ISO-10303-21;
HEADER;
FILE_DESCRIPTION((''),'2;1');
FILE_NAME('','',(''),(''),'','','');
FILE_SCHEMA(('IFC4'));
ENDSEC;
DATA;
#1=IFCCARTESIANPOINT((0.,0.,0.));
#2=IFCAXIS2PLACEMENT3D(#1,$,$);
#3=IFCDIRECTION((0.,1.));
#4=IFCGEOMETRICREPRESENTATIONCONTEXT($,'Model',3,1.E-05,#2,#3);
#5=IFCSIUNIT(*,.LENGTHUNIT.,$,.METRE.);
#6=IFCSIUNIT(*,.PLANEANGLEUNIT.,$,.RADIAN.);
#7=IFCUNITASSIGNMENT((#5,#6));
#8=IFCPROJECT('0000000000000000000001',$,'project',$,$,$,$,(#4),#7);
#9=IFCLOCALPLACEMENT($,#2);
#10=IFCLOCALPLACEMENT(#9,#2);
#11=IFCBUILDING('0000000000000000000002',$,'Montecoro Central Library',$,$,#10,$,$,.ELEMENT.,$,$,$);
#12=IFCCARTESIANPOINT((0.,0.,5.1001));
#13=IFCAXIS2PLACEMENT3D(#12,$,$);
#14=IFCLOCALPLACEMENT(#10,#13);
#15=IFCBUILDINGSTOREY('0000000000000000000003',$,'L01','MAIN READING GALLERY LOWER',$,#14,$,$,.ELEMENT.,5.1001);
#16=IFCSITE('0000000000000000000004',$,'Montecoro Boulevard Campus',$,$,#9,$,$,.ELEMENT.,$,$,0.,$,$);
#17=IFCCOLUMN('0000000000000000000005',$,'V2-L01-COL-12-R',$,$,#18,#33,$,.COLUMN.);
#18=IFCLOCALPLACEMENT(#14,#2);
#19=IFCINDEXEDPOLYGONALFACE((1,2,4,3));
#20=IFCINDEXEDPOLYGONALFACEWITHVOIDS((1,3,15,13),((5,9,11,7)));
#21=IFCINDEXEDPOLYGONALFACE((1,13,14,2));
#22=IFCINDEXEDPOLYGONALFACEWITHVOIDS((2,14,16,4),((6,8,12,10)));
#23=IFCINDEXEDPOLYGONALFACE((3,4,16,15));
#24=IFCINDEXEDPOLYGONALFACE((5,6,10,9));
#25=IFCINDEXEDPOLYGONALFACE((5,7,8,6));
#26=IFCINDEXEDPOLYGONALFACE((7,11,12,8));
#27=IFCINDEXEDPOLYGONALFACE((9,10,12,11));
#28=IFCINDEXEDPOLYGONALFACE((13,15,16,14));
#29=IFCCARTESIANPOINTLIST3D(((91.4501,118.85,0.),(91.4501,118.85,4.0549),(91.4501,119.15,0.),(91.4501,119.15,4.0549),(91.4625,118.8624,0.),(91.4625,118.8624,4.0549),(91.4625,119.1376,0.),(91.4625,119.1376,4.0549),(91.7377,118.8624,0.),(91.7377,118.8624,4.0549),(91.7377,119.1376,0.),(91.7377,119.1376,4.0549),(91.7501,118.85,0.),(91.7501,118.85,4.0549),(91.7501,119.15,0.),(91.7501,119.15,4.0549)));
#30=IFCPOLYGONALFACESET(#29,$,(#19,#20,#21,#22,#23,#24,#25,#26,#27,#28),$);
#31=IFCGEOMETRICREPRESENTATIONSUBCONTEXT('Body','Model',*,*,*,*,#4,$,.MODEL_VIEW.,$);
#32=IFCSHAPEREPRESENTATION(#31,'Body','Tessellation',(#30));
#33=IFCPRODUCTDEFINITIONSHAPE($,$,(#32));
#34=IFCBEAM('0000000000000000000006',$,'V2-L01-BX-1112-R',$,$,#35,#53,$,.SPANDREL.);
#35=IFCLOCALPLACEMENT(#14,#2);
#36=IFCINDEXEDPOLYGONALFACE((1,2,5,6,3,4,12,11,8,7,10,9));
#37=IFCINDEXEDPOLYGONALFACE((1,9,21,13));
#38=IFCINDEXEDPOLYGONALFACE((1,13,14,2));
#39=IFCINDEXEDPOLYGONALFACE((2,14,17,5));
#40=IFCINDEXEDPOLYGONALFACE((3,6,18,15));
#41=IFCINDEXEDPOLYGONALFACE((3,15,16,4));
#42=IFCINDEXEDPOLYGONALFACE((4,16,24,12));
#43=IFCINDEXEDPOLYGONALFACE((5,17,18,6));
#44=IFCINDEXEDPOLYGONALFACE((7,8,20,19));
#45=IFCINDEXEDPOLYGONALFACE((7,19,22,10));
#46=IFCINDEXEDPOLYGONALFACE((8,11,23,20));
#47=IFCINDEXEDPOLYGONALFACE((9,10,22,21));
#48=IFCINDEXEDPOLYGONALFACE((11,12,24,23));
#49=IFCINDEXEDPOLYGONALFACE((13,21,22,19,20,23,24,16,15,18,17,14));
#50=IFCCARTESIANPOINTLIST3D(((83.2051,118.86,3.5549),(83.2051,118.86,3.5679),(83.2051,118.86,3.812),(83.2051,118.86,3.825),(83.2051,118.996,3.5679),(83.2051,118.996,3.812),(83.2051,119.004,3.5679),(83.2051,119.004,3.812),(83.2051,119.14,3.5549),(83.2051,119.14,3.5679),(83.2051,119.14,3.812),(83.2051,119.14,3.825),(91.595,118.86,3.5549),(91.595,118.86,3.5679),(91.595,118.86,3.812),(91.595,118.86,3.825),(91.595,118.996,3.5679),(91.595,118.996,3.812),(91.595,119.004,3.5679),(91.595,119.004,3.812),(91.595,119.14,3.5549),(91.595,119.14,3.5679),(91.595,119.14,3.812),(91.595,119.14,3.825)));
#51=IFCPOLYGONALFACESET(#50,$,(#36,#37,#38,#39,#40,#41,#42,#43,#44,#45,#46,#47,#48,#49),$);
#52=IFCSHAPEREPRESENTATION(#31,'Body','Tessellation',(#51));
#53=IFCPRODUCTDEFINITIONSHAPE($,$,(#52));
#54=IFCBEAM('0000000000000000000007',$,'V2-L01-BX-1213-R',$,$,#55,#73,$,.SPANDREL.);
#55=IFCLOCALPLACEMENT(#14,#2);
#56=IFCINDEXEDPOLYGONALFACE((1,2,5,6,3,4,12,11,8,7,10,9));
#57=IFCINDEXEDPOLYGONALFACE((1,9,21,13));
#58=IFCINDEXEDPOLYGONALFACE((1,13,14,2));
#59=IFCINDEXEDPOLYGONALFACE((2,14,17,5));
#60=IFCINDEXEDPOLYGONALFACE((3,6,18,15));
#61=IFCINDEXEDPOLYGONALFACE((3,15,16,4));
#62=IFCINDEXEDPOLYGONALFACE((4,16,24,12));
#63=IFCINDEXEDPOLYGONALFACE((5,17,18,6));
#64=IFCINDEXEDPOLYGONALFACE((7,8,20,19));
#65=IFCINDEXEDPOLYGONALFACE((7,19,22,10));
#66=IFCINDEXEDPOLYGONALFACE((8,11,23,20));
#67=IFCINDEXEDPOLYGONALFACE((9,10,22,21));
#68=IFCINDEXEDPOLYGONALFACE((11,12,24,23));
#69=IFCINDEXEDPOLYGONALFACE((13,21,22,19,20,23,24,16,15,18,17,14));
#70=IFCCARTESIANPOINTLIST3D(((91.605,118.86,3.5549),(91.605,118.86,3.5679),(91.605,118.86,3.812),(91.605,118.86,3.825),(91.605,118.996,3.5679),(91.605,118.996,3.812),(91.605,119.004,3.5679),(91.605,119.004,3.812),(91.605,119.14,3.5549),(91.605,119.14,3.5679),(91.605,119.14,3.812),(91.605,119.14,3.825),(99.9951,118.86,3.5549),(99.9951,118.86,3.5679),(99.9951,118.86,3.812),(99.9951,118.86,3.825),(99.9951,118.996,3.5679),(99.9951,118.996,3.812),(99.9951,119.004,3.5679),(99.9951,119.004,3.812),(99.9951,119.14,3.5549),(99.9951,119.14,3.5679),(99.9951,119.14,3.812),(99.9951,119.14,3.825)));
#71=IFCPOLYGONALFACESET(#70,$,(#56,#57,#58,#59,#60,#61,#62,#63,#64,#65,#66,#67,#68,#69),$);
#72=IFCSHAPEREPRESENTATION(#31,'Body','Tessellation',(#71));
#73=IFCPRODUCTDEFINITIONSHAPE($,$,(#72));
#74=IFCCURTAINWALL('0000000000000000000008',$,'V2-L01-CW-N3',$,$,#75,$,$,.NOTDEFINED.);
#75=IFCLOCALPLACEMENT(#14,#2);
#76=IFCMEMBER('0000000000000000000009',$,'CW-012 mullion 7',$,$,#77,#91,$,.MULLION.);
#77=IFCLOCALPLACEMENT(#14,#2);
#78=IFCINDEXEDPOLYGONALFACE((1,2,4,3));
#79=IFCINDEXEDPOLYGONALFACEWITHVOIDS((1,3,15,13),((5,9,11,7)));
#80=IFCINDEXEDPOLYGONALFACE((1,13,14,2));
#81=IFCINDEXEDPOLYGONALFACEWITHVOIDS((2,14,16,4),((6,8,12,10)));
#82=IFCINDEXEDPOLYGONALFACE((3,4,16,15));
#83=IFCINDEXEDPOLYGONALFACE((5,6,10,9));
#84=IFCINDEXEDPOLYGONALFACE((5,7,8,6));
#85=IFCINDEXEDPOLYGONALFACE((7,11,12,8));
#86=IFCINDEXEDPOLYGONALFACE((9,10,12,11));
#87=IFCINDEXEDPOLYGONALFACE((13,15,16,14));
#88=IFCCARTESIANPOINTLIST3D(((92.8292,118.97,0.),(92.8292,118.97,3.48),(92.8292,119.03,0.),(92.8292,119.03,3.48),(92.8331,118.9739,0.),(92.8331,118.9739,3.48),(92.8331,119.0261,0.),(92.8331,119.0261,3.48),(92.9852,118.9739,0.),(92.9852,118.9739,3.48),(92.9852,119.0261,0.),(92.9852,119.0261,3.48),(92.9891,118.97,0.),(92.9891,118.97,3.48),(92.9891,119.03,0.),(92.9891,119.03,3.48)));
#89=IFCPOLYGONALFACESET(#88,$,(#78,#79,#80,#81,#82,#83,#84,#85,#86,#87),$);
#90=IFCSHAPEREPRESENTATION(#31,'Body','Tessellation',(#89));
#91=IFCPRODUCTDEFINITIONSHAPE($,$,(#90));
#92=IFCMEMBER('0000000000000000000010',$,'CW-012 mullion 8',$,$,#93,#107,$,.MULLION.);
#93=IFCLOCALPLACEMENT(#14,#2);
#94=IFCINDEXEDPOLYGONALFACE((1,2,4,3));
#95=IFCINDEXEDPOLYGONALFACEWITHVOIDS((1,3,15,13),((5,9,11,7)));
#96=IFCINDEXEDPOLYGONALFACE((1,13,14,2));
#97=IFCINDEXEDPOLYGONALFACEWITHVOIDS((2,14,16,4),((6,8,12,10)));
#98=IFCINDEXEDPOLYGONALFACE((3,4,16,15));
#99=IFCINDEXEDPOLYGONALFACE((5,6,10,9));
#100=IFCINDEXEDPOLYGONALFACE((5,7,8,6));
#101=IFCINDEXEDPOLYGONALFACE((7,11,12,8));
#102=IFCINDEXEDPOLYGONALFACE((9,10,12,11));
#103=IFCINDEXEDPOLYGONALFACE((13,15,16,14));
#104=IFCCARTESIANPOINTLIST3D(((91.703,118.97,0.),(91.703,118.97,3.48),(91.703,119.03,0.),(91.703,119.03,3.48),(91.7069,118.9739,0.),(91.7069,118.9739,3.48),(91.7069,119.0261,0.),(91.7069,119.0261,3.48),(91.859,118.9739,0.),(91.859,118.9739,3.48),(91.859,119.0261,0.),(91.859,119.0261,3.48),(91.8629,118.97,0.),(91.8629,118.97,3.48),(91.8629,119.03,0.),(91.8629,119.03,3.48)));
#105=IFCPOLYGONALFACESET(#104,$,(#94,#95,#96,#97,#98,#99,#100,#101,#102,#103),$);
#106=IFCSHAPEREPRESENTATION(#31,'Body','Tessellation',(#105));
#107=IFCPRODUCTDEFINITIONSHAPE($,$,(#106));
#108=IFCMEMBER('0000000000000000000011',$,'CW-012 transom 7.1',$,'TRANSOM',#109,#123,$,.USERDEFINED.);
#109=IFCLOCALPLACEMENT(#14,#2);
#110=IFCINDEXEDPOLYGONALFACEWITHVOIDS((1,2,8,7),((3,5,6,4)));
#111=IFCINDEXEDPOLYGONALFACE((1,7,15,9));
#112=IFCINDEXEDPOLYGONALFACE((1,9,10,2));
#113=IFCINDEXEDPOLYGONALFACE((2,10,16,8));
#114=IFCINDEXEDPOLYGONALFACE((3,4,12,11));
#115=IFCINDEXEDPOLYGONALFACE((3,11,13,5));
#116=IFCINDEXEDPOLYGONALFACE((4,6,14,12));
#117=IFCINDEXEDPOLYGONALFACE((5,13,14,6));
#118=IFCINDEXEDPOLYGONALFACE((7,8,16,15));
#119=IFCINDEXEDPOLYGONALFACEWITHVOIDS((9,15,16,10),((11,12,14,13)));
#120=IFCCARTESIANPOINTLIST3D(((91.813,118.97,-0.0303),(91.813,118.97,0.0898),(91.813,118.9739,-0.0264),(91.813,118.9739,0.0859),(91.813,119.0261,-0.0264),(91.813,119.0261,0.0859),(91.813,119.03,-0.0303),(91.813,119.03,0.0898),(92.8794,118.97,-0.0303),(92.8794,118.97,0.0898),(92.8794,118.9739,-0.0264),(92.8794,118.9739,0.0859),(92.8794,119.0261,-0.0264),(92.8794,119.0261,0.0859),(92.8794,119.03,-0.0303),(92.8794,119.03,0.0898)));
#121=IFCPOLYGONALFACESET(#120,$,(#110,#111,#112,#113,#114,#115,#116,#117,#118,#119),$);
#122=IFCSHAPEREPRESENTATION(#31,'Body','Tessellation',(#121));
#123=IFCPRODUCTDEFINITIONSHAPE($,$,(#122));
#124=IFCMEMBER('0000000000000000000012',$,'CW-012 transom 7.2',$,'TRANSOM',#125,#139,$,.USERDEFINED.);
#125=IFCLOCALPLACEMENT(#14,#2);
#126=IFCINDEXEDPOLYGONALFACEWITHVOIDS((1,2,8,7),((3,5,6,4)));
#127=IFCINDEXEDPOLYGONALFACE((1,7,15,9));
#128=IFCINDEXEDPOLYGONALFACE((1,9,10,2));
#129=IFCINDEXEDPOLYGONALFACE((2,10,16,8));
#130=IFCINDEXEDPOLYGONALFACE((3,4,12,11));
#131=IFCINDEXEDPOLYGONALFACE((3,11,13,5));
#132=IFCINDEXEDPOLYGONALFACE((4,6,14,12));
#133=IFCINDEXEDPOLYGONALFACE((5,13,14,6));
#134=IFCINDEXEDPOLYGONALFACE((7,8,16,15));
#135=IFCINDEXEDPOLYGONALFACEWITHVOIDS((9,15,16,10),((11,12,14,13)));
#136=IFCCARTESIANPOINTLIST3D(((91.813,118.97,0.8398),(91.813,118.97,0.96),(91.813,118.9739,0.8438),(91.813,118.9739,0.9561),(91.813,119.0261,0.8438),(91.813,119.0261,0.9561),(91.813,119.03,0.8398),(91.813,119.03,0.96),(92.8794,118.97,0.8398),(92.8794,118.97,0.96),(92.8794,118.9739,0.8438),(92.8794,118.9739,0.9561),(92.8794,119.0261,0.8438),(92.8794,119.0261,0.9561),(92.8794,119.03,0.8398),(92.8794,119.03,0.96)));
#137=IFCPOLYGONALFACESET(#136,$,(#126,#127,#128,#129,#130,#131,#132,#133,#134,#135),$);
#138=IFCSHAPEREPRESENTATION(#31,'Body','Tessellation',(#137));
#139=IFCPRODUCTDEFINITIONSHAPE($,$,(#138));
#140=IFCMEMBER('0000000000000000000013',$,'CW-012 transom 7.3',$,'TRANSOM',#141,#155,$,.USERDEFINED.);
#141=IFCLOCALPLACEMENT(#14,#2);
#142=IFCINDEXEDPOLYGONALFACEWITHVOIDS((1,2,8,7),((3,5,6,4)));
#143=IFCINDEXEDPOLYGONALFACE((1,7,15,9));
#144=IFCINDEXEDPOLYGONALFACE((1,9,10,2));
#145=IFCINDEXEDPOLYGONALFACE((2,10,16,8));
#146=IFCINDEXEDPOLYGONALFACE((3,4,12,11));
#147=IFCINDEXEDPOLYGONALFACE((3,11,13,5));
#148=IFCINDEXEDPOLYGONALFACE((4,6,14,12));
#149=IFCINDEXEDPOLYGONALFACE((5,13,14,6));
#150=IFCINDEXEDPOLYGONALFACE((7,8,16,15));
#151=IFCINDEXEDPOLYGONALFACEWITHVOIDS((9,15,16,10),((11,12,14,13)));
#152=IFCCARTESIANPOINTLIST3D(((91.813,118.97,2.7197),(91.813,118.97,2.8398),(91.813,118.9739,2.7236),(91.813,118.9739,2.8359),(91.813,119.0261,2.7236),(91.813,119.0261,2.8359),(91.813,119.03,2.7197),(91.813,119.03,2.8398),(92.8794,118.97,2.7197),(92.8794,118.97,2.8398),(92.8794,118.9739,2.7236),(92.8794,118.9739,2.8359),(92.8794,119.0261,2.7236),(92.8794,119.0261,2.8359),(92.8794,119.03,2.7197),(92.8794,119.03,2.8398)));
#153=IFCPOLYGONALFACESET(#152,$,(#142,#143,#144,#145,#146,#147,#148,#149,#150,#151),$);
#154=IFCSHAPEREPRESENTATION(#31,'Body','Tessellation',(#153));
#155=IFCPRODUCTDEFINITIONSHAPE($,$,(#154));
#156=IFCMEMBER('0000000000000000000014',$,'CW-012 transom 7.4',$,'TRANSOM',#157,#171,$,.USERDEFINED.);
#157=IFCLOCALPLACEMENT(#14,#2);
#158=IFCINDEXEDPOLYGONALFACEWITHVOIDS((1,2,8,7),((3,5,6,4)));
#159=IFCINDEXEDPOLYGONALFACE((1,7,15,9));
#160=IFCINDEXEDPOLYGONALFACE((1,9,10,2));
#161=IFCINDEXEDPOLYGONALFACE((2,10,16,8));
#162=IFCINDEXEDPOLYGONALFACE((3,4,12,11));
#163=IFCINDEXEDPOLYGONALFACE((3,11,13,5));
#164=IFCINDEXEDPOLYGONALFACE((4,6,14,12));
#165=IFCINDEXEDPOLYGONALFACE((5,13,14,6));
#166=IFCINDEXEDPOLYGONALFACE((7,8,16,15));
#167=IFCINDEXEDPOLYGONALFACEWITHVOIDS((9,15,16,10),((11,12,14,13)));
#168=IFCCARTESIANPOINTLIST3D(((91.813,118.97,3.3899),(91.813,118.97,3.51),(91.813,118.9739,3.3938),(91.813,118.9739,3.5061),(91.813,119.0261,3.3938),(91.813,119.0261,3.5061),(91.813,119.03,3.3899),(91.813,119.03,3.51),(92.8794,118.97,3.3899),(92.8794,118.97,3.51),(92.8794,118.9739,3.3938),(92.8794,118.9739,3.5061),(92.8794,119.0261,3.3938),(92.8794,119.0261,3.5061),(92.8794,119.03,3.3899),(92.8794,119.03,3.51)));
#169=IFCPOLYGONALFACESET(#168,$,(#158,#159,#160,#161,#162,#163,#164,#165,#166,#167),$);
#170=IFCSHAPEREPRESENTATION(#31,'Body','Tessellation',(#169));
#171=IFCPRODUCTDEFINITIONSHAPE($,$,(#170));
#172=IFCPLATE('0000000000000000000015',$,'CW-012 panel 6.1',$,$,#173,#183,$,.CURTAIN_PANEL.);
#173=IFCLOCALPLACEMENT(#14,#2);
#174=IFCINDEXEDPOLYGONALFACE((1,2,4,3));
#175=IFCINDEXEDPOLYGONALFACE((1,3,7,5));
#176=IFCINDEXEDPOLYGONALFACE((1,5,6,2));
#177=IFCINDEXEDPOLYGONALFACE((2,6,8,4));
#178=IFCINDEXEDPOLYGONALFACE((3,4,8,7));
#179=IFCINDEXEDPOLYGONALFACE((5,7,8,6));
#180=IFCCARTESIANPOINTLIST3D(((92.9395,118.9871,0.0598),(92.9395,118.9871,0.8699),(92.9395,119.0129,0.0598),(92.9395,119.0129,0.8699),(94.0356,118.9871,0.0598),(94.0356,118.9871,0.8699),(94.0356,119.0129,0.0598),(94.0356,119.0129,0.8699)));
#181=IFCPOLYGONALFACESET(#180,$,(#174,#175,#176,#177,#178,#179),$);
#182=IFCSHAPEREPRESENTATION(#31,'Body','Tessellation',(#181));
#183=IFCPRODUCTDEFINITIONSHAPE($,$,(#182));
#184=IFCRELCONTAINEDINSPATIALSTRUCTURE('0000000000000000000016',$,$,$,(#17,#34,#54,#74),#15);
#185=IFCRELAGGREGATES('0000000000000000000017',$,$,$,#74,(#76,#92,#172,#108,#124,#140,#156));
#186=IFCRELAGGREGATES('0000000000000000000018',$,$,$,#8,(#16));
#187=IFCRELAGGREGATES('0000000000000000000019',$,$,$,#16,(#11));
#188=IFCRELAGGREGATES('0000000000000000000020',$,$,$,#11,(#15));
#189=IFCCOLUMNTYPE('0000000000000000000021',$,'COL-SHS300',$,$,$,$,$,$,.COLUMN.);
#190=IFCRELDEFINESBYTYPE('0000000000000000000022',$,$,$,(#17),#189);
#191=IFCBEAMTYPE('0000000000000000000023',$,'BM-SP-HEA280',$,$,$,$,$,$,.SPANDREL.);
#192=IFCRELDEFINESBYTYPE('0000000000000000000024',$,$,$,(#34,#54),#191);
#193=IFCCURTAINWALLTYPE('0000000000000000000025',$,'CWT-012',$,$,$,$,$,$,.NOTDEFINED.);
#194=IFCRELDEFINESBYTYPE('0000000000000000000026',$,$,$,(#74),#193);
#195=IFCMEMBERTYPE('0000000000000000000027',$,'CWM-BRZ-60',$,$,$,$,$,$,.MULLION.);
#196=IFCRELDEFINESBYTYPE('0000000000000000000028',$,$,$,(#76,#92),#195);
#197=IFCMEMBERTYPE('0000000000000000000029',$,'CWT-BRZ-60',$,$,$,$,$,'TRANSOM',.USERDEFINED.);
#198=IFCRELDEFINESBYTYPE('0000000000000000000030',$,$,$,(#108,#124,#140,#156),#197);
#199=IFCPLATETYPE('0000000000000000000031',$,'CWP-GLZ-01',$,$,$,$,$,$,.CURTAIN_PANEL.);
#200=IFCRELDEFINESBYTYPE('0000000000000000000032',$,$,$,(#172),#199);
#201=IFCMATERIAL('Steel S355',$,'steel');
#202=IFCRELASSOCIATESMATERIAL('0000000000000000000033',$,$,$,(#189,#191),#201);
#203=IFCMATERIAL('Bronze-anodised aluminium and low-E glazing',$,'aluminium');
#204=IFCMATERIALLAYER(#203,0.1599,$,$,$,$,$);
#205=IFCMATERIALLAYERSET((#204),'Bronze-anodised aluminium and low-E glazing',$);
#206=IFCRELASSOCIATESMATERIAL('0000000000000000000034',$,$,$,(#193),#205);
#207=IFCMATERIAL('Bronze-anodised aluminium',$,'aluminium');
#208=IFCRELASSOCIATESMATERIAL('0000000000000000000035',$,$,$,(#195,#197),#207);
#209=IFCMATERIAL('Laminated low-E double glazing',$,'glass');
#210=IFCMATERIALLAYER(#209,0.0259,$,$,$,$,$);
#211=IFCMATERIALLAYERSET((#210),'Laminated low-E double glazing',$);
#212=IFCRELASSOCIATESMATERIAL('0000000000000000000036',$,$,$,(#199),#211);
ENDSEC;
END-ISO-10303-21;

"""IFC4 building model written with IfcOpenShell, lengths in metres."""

from ifc_helpers import new_model, si_unit, direction, frame, origin, origin_2d, place, context, subcontext, project, spatial, rectangle, hollow_rectangle, i_section, extrude, material, layer, layer_set, material_profile, profile_set, type_object, element, aggregate, save


model = new_model("IFC4")

# Units and contexts
model_context = context("Model", 3, precision=1e-05, world=origin(), true_north=direction((0.0, 1.0)))
body_context = subcontext(model_context, "Body", "Model", "MODEL_VIEW")
ifc_project = project(units=[si_unit("LENGTHUNIT", "METRE"), si_unit("PLANEANGLEUNIT", "RADIAN")], contexts=[model_context])

# Site, building, storey
site_placement = place(None, origin())
site = spatial("IfcSite", under=ifc_project, at=site_placement, Name="Montecoro Boulevard Campus", CompositionType="ELEMENT", RefElevation=0.0)
building_placement = place(site_placement, origin())
building = spatial("IfcBuilding", under=site, at=building_placement, Name="Montecoro Central Library", CompositionType="ELEMENT")
storey_placement = place(building_placement, frame((0.0, 0.0, 5.1001)))
storey = spatial("IfcBuildingStorey", under=building, at=storey_placement, Name="L01", Description="MAIN READING GALLERY LOWER", CompositionType="ELEMENT", Elevation=5.1001)

# Column
ifc_material_1 = material(Name="Steel S355", Category="steel")
ifc_material_profile_1 = material_profile(ifc_material_1, hollow_rectangle(XDim=0.3, YDim=0.3, WallThickness=0.0125, at=origin_2d()), Name="SHS 300x300x12.5")
ifc_profile_set_1 = profile_set([ifc_material_profile_1], Name="Steel S355")
column_type = type_object("IfcColumnType", Name="COL-SHS300", PredefinedType="COLUMN", material=ifc_profile_set_1)
column_placement = place(storey_placement, frame((91.6001, 119.0, 0.0), z_axis=(0.0, 0.0, 1.0), x_axis=(1.0, 0.0, 0.0)))
element("IfcColumn", 1, at=column_placement, inside=storey, type_object=column_type, Name="V2-L01-COL-12-R", PredefinedType="COLUMN", context=body_context, shape_type="SweptSolid", body=[
    extrude(hollow_rectangle(XDim=0.3, YDim=0.3, WallThickness=0.0125, at=origin_2d()), origin(), (0.0, 0.0, 1.0), 4.0549),
])

# Beams
ifc_material_profile_2 = material_profile(ifc_material_1, i_section(OverallWidth=0.28, OverallDepth=0.27, WebThickness=0.0081, FlangeThickness=0.0129, at=origin_2d()), Name="HEA 280")
ifc_profile_set_2 = profile_set([ifc_material_profile_2], Name="Steel S355")
beam_type = type_object("IfcBeamType", Name="BM-SP-HEA280", PredefinedType="SPANDREL", material=ifc_profile_set_2)
beam_1_placement = place(storey_placement, frame((83.2051, 119.0, 3.6899), z_axis=(1.0, 0.0, 0.0), x_axis=(0.0, 1.0, 0.0)))
element("IfcBeam", 2, at=beam_1_placement, inside=storey, type_object=beam_type, Name="V2-L01-BX-1112-R", PredefinedType="SPANDREL", context=body_context, shape_type="SweptSolid", body=[
    extrude(i_section(OverallWidth=0.28, OverallDepth=0.27, WebThickness=0.0081, FlangeThickness=0.0129, at=origin_2d()), origin(), (0.0, 0.0, 1.0), 8.3899),
])
beam_2_placement = place(storey_placement, frame((91.605, 119.0, 3.6899), z_axis=(1.0, 0.0, 0.0), x_axis=(0.0, 1.0, 0.0)))
element("IfcBeam", 3, at=beam_2_placement, inside=storey, type_object=beam_type, Name="V2-L01-BX-1213-R", PredefinedType="SPANDREL", context=body_context, shape_type="SweptSolid", body=[
    extrude(i_section(OverallWidth=0.28, OverallDepth=0.27, WebThickness=0.0081, FlangeThickness=0.0129, at=origin_2d()), origin(), (0.0, 0.0, 1.0), 8.3901),
])

# Curtain wall, members, plate
ifc_material_2 = material(Name="Bronze-anodised aluminium and low-E glazing", Category="aluminium")
ifc_layer_1 = layer(ifc_material_2, 0.1599)
ifc_layer_set_1 = layer_set([ifc_layer_1], Name="Bronze-anodised aluminium and low-E glazing")
curtain_wall_type = type_object("IfcCurtainWallType", Name="CWT-012", PredefinedType="NOTDEFINED", material=ifc_layer_set_1)
curtain_wall_placement = place(storey_placement, origin())
curtain_wall = element("IfcCurtainWall", 4, at=curtain_wall_placement, inside=storey, type_object=curtain_wall_type, Name="V2-L01-CW-N3", PredefinedType="NOTDEFINED")
ifc_material_3 = material(Name="Bronze-anodised aluminium", Category="aluminium")
ifc_material_profile_3 = material_profile(ifc_material_3, hollow_rectangle(XDim=0.0601, YDim=0.1599, WallThickness=0.0039, at=origin_2d()), Name="CWM 160x60x4.0")
ifc_profile_set_3 = profile_set([ifc_material_profile_3], Name="Bronze-anodised aluminium")
member_type_1 = type_object("IfcMemberType", Name="CWM-BRZ-60", PredefinedType="MULLION", material=ifc_profile_set_3)
member_1_placement = place(storey_placement, frame((92.9092, 119.0, 0.0), z_axis=(0.0, 0.0, 1.0), x_axis=(0.0, -1.0, 0.0)))
member_1 = element("IfcMember", 5, at=member_1_placement, type_object=member_type_1, Name="CW-012 mullion 7", PredefinedType="MULLION", context=body_context, shape_type="SweptSolid", body=[
    extrude(hollow_rectangle(XDim=0.0601, YDim=0.1599, WallThickness=0.0039, at=origin_2d()), origin(), (0.0, 0.0, 1.0), 3.48),
])
member_2_placement = place(storey_placement, frame((91.783, 119.0, 0.0), z_axis=(0.0, 0.0, 1.0), x_axis=(0.0, -1.0, 0.0)))
member_2 = element("IfcMember", 6, at=member_2_placement, type_object=member_type_1, Name="CW-012 mullion 8", PredefinedType="MULLION", context=body_context, shape_type="SweptSolid", body=[
    extrude(hollow_rectangle(XDim=0.0601, YDim=0.1599, WallThickness=0.0039, at=origin_2d()), origin(), (0.0, 0.0, 1.0), 3.48),
])
ifc_material_profile_4 = material_profile(ifc_material_3, hollow_rectangle(XDim=0.0601, YDim=0.1201, WallThickness=0.0039, at=origin_2d()), Name="CWT 120x60x4.0")
ifc_profile_set_4 = profile_set([ifc_material_profile_4], Name="Bronze-anodised aluminium")
member_type_2 = type_object("IfcMemberType", Name="CWT-BRZ-60", ElementType="TRANSOM", PredefinedType="USERDEFINED", material=ifc_profile_set_4)
member_3_placement = place(storey_placement, frame((92.8794, 119.0, 0.0298), z_axis=(-1.0, 0.0, 0.0), x_axis=(0.0, -1.0, 0.0)))
member_3 = element("IfcMember", 7, at=member_3_placement, type_object=member_type_2, Name="CW-012 transom 7.1", ObjectType="TRANSOM", PredefinedType="USERDEFINED", context=body_context, shape_type="SweptSolid", body=[
    extrude(hollow_rectangle(XDim=0.0601, YDim=0.1201, WallThickness=0.0039, at=origin_2d()), origin(), (0.0, 0.0, 1.0), 1.0664),
])
member_4_placement = place(storey_placement, frame((92.8794, 119.0, 0.8999), z_axis=(-1.0, 0.0, 0.0), x_axis=(0.0, -1.0, 0.0)))
member_4 = element("IfcMember", 8, at=member_4_placement, type_object=member_type_2, Name="CW-012 transom 7.2", ObjectType="TRANSOM", PredefinedType="USERDEFINED", context=body_context, shape_type="SweptSolid", body=[
    extrude(hollow_rectangle(XDim=0.0601, YDim=0.1201, WallThickness=0.0039, at=origin_2d()), origin(), (0.0, 0.0, 1.0), 1.0664),
])
member_5_placement = place(storey_placement, frame((92.8794, 119.0, 2.7798), z_axis=(-1.0, 0.0, 0.0), x_axis=(0.0, -1.0, 0.0)))
member_5 = element("IfcMember", 9, at=member_5_placement, type_object=member_type_2, Name="CW-012 transom 7.3", ObjectType="TRANSOM", PredefinedType="USERDEFINED", context=body_context, shape_type="SweptSolid", body=[
    extrude(hollow_rectangle(XDim=0.0601, YDim=0.1201, WallThickness=0.0039, at=origin_2d()), origin(), (0.0, 0.0, 1.0), 1.0664),
])
member_6_placement = place(storey_placement, frame((92.8794, 119.0, 3.45), z_axis=(-1.0, 0.0, 0.0), x_axis=(0.0, -1.0, 0.0)))
member_6 = element("IfcMember", 10, at=member_6_placement, type_object=member_type_2, Name="CW-012 transom 7.4", ObjectType="TRANSOM", PredefinedType="USERDEFINED", context=body_context, shape_type="SweptSolid", body=[
    extrude(hollow_rectangle(XDim=0.0601, YDim=0.1201, WallThickness=0.0039, at=origin_2d()), origin(), (0.0, 0.0, 1.0), 1.0664),
])
ifc_material_4 = material(Name="Laminated low-E double glazing", Category="glass")
ifc_layer_2 = layer(ifc_material_4, 0.0259)
ifc_layer_set_2 = layer_set([ifc_layer_2], Name="Laminated low-E double glazing")
plate_type = type_object("IfcPlateType", Name="CWP-GLZ-01", PredefinedType="CURTAIN_PANEL", material=ifc_layer_set_2)
plate_1_placement = place(storey_placement, frame((93.4875, 119.0, 0.0598), z_axis=(0.0, 0.0, 1.0), x_axis=(-1.0, 0.0, 0.0)))
plate_1 = element("IfcPlate", 11, at=plate_1_placement, type_object=plate_type, Name="CW-012 panel 6.1", PredefinedType="CURTAIN_PANEL", context=body_context, shape_type="SweptSolid", body=[
    extrude(rectangle(XDim=1.0962, YDim=0.0259, at=origin_2d()), origin(), (0.0, 0.0, 1.0), 0.8101),
])
aggregate(curtain_wall, [member_1, member_2, plate_1, member_3, member_4, member_5, member_6])

save(model, "model.ifc")
